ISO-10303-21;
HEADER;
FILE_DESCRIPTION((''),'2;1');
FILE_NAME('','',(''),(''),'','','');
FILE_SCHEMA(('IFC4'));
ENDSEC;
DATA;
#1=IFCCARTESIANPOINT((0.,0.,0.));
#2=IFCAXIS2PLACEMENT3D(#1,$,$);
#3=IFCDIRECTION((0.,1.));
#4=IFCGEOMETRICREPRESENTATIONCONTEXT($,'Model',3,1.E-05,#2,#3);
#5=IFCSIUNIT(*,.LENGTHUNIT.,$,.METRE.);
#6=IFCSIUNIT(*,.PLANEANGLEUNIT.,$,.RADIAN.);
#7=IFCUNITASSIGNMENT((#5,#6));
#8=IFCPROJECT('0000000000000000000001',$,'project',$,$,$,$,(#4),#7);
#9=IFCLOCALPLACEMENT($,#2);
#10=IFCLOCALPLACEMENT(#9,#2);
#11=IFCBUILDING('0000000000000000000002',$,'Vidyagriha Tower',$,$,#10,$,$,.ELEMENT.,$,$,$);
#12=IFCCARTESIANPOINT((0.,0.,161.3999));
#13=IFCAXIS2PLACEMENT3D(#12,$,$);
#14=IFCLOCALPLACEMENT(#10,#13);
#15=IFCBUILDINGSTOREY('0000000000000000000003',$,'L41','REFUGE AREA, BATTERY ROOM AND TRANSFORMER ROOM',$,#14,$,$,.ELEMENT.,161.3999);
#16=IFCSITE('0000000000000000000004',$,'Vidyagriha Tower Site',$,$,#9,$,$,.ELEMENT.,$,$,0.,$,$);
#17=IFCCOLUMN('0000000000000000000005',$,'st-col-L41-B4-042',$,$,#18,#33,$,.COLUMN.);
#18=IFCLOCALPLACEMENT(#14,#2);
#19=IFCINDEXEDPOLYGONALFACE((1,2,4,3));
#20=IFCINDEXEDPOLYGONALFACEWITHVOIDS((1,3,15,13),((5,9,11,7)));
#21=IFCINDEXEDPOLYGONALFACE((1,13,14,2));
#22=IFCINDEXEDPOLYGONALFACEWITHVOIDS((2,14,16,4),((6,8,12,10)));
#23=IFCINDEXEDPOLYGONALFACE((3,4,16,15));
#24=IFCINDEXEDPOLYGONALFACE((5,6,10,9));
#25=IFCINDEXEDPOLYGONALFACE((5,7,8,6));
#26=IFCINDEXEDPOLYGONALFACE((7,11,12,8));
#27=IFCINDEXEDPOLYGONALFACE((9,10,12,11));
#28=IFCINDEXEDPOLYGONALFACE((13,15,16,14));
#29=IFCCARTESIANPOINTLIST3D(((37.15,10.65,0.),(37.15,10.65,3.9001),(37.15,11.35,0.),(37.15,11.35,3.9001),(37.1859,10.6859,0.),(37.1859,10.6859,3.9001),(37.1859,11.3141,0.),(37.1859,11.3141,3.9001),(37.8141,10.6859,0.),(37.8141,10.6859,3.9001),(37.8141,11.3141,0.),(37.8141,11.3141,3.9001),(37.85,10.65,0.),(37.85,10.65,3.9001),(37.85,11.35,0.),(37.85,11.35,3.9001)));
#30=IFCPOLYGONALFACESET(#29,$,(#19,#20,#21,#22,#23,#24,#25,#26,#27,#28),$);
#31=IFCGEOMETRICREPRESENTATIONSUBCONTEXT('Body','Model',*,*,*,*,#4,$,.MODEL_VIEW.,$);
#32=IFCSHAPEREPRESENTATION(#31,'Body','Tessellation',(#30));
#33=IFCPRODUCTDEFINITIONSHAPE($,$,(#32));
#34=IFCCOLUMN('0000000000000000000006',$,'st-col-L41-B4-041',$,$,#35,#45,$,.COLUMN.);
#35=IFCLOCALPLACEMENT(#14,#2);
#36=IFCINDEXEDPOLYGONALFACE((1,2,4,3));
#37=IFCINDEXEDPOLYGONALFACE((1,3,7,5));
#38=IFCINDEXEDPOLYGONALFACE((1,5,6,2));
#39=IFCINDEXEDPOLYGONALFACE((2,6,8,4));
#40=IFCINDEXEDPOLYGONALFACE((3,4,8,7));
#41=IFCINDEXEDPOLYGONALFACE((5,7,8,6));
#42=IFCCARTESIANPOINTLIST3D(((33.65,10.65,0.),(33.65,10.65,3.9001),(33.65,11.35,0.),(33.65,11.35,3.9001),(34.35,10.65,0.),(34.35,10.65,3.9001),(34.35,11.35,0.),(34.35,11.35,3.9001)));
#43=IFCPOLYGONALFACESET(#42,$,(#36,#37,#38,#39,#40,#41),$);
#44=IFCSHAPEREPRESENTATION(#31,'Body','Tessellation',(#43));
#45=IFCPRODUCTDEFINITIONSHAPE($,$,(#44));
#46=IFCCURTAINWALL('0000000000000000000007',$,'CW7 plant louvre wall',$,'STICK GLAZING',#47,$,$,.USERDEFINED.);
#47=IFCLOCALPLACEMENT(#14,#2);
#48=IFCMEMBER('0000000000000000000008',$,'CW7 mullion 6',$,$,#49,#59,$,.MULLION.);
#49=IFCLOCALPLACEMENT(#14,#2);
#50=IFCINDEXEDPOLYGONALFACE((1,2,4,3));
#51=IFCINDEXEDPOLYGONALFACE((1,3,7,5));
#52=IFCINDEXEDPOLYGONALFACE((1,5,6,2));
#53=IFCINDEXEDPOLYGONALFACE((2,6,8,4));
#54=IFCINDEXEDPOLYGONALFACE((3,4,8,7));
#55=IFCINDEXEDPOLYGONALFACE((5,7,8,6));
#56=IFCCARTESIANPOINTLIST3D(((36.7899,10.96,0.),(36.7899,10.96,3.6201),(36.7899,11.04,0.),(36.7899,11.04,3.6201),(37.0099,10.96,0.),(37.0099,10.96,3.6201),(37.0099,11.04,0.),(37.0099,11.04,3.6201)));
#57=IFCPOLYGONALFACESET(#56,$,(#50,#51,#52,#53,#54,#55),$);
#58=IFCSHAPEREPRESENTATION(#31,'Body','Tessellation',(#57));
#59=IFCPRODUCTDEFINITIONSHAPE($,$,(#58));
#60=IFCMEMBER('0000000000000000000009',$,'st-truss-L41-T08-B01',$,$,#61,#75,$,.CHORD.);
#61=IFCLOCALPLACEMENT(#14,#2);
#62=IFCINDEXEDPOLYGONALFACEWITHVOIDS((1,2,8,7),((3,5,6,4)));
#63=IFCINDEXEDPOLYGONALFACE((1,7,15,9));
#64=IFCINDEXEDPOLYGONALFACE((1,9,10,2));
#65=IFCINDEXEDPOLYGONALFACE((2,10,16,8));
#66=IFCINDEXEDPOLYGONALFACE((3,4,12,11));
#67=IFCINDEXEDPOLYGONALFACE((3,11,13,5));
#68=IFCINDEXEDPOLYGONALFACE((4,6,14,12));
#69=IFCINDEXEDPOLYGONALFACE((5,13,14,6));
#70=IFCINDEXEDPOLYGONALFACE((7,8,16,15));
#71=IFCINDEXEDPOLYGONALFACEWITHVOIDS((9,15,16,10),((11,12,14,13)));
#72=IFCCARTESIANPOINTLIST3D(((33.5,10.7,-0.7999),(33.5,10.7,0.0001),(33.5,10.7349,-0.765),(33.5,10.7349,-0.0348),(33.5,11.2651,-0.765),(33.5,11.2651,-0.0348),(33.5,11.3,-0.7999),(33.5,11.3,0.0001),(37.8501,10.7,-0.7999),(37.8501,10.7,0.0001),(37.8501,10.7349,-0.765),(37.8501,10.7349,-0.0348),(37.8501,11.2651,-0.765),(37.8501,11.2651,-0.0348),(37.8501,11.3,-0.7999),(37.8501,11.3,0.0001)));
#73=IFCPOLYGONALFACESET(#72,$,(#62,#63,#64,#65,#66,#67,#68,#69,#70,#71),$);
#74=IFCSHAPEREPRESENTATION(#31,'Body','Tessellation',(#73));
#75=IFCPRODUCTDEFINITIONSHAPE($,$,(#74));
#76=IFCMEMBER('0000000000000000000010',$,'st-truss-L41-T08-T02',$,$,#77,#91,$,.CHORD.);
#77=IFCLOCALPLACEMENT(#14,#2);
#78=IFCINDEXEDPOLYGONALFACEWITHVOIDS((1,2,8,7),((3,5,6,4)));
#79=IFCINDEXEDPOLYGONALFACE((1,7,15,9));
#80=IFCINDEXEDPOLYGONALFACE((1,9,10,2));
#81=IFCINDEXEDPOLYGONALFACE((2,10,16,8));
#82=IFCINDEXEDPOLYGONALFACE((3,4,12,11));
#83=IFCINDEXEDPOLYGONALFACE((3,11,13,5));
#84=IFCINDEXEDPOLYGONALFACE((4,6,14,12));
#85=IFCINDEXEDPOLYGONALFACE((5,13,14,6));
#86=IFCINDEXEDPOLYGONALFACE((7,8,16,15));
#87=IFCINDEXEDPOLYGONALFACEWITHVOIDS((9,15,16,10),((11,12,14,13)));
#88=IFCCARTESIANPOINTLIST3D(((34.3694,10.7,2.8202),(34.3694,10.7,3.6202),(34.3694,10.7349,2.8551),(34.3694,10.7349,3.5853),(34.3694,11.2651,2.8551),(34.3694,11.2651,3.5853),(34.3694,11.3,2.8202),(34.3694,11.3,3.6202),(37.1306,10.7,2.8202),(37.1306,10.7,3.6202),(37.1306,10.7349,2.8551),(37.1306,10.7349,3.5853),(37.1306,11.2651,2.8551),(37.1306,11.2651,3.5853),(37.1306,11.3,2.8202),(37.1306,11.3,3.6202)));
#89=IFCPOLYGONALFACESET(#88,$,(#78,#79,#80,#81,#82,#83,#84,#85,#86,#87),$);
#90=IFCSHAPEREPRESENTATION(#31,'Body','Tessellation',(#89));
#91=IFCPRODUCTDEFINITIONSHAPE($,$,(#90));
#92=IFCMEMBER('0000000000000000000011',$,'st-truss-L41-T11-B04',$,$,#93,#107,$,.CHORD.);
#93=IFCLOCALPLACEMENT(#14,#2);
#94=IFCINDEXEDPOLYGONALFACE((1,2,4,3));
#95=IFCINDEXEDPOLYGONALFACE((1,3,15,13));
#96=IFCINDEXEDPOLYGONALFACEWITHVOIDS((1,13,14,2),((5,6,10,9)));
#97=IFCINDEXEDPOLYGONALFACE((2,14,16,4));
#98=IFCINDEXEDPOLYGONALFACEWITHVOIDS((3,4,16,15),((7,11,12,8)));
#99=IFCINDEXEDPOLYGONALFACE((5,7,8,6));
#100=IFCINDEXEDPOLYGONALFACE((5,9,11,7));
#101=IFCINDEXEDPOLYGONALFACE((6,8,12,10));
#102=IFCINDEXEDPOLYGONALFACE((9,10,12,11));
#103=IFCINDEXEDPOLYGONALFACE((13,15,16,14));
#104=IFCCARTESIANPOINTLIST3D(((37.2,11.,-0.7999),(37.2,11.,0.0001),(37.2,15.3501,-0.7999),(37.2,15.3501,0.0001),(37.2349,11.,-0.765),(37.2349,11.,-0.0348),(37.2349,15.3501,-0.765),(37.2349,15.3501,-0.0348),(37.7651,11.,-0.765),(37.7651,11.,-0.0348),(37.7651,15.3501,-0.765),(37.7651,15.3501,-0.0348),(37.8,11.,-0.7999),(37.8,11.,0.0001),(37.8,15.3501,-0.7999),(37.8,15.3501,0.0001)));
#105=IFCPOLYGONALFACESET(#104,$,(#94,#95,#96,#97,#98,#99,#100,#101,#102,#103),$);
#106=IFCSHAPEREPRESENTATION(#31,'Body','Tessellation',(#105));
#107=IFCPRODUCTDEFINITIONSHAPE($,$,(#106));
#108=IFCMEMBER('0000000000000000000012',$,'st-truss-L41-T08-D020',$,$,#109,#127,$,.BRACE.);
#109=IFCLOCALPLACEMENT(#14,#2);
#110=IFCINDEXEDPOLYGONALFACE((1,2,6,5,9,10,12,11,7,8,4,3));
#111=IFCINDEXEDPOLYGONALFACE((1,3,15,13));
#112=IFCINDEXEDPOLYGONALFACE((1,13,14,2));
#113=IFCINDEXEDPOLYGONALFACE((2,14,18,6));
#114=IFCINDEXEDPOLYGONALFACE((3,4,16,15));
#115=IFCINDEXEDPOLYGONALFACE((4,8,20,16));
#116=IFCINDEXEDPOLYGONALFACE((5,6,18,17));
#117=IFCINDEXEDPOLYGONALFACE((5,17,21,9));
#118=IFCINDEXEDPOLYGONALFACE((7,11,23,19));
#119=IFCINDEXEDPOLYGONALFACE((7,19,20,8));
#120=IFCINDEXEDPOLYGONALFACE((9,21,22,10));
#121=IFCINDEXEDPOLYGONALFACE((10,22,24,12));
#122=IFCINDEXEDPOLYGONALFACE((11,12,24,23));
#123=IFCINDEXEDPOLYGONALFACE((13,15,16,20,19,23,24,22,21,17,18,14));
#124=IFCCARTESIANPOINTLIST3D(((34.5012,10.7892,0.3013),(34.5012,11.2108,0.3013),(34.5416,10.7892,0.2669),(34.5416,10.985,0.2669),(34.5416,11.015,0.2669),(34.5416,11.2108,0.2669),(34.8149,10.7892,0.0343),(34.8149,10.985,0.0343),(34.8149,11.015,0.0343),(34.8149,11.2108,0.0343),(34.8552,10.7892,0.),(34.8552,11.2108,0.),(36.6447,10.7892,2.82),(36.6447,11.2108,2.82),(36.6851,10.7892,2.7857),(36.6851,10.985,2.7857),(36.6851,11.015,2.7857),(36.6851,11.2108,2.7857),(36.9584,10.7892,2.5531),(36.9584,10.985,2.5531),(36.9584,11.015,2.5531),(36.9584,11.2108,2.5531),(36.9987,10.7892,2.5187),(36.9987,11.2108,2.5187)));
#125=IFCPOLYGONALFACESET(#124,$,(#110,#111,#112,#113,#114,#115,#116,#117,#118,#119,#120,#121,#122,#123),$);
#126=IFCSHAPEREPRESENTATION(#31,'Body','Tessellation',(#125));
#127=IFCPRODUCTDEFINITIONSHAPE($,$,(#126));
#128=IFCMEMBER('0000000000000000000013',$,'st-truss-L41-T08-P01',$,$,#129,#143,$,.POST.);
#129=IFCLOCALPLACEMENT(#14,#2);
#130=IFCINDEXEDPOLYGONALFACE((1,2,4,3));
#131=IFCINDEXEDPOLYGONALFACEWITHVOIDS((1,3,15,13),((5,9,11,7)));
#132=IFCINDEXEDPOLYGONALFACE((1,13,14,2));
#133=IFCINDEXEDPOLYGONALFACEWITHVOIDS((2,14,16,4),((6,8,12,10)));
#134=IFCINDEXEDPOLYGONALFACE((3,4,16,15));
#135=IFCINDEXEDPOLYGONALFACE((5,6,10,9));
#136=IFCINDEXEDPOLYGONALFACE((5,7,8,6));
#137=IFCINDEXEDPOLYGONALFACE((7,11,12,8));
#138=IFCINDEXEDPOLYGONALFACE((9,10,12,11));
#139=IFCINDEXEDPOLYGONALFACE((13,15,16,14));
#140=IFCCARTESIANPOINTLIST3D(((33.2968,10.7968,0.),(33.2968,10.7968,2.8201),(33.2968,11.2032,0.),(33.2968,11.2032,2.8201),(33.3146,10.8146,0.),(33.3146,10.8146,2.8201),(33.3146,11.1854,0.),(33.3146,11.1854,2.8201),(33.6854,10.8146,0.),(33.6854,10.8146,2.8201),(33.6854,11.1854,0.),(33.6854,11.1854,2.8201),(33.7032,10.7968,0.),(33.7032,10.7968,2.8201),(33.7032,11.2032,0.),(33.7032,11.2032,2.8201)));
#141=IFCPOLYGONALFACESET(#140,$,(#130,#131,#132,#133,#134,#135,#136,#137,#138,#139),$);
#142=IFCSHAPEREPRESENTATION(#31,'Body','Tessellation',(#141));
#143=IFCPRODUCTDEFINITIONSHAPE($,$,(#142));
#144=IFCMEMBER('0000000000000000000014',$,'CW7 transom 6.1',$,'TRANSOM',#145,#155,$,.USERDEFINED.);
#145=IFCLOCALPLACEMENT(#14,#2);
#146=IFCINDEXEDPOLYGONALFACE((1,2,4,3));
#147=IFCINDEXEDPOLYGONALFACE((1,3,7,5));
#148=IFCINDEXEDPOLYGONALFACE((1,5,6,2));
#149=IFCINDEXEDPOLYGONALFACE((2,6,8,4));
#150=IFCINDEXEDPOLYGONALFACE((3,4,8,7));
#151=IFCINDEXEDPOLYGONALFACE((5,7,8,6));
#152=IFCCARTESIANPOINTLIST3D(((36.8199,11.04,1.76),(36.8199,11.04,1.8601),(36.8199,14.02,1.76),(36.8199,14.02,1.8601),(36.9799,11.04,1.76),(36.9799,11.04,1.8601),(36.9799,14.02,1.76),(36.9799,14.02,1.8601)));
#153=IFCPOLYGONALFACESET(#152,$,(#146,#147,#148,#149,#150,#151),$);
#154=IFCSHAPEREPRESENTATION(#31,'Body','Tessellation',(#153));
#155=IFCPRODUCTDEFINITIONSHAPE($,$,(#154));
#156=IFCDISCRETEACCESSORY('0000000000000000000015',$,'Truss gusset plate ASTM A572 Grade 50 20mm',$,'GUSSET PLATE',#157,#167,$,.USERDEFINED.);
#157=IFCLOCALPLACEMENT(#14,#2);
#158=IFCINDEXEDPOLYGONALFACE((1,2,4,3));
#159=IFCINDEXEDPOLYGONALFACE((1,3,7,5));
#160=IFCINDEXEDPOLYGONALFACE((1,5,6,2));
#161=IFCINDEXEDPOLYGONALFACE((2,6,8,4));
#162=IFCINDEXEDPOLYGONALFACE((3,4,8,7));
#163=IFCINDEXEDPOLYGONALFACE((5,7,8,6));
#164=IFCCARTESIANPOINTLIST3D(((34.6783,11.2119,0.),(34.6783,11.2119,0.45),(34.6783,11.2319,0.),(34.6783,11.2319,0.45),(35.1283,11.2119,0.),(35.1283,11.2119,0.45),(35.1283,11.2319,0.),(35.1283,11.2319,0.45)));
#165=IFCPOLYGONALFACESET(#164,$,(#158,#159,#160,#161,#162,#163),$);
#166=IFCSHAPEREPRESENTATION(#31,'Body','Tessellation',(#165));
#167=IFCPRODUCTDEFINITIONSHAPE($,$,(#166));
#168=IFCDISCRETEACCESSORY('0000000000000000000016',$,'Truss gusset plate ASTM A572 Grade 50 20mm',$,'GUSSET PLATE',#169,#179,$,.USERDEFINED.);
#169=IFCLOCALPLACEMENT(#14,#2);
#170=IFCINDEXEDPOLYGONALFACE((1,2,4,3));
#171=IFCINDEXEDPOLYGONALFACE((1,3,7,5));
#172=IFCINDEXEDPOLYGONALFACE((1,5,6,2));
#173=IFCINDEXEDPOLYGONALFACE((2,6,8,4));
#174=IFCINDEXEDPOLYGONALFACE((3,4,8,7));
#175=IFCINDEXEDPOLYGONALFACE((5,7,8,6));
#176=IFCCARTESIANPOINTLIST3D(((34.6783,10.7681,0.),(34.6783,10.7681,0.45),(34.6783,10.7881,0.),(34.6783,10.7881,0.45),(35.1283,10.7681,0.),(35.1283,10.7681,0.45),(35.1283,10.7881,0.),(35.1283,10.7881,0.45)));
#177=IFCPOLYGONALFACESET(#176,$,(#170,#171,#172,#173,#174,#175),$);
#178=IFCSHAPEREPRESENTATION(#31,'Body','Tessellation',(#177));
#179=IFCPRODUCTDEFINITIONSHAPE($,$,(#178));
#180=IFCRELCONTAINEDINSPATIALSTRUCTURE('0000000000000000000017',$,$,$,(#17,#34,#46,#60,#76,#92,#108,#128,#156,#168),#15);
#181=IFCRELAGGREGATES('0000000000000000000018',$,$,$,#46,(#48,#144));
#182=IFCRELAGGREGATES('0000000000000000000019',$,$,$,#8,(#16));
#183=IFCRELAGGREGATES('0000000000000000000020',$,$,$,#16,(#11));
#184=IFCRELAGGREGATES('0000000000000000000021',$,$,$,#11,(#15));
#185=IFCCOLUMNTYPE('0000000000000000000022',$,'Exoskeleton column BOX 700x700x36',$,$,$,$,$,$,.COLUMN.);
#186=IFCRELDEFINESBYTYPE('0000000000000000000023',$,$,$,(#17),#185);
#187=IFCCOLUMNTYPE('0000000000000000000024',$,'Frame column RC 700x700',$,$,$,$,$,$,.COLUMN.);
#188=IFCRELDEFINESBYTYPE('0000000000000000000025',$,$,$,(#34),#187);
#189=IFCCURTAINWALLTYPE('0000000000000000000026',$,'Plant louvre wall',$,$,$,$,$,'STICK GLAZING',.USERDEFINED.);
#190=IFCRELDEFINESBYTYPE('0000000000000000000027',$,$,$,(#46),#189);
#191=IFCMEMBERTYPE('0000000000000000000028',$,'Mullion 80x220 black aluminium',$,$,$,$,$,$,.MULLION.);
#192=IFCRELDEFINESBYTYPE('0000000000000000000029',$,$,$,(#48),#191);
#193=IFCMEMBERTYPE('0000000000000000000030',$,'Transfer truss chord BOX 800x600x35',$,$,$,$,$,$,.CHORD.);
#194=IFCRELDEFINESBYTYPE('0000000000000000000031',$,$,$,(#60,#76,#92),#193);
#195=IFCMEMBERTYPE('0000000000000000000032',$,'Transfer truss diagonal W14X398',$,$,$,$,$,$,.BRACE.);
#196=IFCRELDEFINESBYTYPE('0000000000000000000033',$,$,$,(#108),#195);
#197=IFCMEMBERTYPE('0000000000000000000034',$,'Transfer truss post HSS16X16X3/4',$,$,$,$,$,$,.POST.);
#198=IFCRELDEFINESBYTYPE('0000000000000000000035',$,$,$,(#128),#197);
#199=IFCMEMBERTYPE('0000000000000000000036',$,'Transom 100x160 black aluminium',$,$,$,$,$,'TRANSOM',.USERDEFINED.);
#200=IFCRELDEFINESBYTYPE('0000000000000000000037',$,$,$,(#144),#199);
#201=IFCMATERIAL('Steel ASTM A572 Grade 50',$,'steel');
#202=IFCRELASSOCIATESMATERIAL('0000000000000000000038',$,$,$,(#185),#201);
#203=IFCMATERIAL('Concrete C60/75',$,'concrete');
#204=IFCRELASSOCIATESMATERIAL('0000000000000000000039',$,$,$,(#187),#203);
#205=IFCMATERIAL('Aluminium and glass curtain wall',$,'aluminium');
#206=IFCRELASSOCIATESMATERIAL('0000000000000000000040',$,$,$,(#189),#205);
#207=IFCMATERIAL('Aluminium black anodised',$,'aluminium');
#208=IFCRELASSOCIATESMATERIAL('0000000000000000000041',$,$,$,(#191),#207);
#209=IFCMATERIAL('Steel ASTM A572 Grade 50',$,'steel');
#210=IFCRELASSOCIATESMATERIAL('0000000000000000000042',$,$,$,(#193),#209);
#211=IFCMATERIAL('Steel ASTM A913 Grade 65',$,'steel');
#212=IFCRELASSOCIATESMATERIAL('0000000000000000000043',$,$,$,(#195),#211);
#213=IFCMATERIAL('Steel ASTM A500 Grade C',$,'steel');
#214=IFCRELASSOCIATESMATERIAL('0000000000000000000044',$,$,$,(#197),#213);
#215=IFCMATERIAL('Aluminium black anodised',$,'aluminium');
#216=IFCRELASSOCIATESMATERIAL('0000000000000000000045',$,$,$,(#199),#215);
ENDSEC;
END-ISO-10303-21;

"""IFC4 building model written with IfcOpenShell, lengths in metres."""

from ifc_helpers import new_model, si_unit, direction, frame, origin, origin_2d, place, context, subcontext, project, spatial, rectangle, hollow_rectangle, i_section, extrude, material, material_profile, profile_set, type_object, element, aggregate, save


model = new_model("IFC4")

# Units and contexts
model_context = context("Model", 3, precision=1e-05, world=origin(), true_north=direction((0.0, 1.0)))
body_context = subcontext(model_context, "Body", "Model", "MODEL_VIEW")
ifc_project = project(units=[si_unit("LENGTHUNIT", "METRE"), si_unit("PLANEANGLEUNIT", "RADIAN")], contexts=[model_context])

# Site, building, storey
site_placement = place(None, origin())
site = spatial("IfcSite", under=ifc_project, at=site_placement, Name="Vidyagriha Tower Site", CompositionType="ELEMENT", RefElevation=0.0)
building_placement = place(site_placement, origin())
building = spatial("IfcBuilding", under=site, at=building_placement, Name="Vidyagriha Tower", CompositionType="ELEMENT")
storey_placement = place(building_placement, frame((0.0, 0.0, 161.3999)))
storey = spatial("IfcBuildingStorey", under=building, at=storey_placement, Name="L41", Description="REFUGE AREA, BATTERY ROOM AND TRANSFORMER ROOM", CompositionType="ELEMENT", Elevation=161.3999)

# Columns
ifc_material_1 = material(Name="Steel ASTM A572 Grade 50", Category="steel")
ifc_material_profile_1 = material_profile(ifc_material_1, hollow_rectangle(XDim=0.7, YDim=0.7, WallThickness=0.0359, at=origin_2d()), Name="BOX 700x700x36")
ifc_profile_set_1 = profile_set([ifc_material_profile_1], Name="Steel ASTM A572 Grade 50")
column_type_1 = type_object("IfcColumnType", Name="Exoskeleton column BOX 700x700x36", PredefinedType="COLUMN", material=ifc_profile_set_1)
column_1_placement = place(storey_placement, frame((37.5, 11.0, 0.0)))
element("IfcColumn", 1, at=column_1_placement, inside=storey, type_object=column_type_1, Name="st-col-L41-B4-042", PredefinedType="COLUMN", context=body_context, shape_type="SweptSolid", body=[
    extrude(hollow_rectangle(XDim=0.7, YDim=0.7, WallThickness=0.0359, at=origin_2d()), origin(), (0.0, 0.0, 1.0), 3.9001),
])
ifc_material_2 = material(Name="Concrete C60/75", Category="concrete")
ifc_material_profile_2 = material_profile(ifc_material_2, rectangle(XDim=0.7, YDim=0.7, at=origin_2d()), Name="RC 700x700")
ifc_profile_set_2 = profile_set([ifc_material_profile_2], Name="Concrete C60/75")
column_type_2 = type_object("IfcColumnType", Name="Frame column RC 700x700", PredefinedType="COLUMN", material=ifc_profile_set_2)
column_2_placement = place(storey_placement, frame((34.0, 11.0, 0.0)))
element("IfcColumn", 2, at=column_2_placement, inside=storey, type_object=column_type_2, Name="st-col-L41-B4-041", PredefinedType="COLUMN", context=body_context, shape_type="SweptSolid", body=[
    extrude(rectangle(XDim=0.7, YDim=0.7, at=origin_2d()), origin(), (0.0, 0.0, 1.0), 3.9001),
])

# Curtain wall, member
ifc_material_3 = material(Name="Aluminium and glass curtain wall", Category="aluminium")
curtain_wall_type = type_object("IfcCurtainWallType", Name="Plant louvre wall", ElementType="STICK GLAZING", PredefinedType="USERDEFINED", material=ifc_material_3)
curtain_wall_placement = place(storey_placement, origin())
curtain_wall = element("IfcCurtainWall", 3, at=curtain_wall_placement, inside=storey, type_object=curtain_wall_type, Name="CW7 plant louvre wall", ObjectType="STICK GLAZING", PredefinedType="USERDEFINED")
ifc_material_4 = material(Name="Aluminium black anodised", Category="aluminium")
ifc_material_profile_3 = material_profile(ifc_material_4, rectangle(XDim=0.22, YDim=0.0801, at=origin_2d()), Name="Mullion 80x220 black aluminium")
ifc_profile_set_3 = profile_set([ifc_material_profile_3], Name="Aluminium black anodised")
member_type_1 = type_object("IfcMemberType", Name="Mullion 80x220 black aluminium", PredefinedType="MULLION", material=ifc_profile_set_3)
member_1_placement = place(storey_placement, frame((36.8999, 11.0, 0.0), z_axis=(0.0, 0.0, 1.0), x_axis=(-1.0, 0.0, 0.0)))
member_1 = element("IfcMember", 4, at=member_1_placement, type_object=member_type_1, Name="CW7 mullion 6", PredefinedType="MULLION", context=body_context, shape_type="SweptSolid", body=[
    extrude(rectangle(XDim=0.22, YDim=0.0801, at=origin_2d()), origin(), (0.0, 0.0, 1.0), 3.6201),
])

# Members
ifc_material_5 = material(Name="Steel ASTM A572 Grade 50", Category="steel")
ifc_material_profile_4 = material_profile(ifc_material_5, hollow_rectangle(XDim=0.6001, YDim=0.8, WallThickness=0.0349, at=origin_2d()), Name="BOX 800x600x35")
ifc_profile_set_4 = profile_set([ifc_material_profile_4], Name="Steel ASTM A572 Grade 50")
member_type_2 = type_object("IfcMemberType", Name="Transfer truss chord BOX 800x600x35", PredefinedType="CHORD", material=ifc_profile_set_4)
member_2_placement = place(storey_placement, frame((33.5, 11.0, -0.3999), z_axis=(1.0, 0.0, 0.0), x_axis=(0.0, 1.0, 0.0)))
element("IfcMember", 5, at=member_2_placement, inside=storey, type_object=member_type_2, Name="st-truss-L41-T08-B01", PredefinedType="CHORD", context=body_context, shape_type="SweptSolid", body=[
    extrude(hollow_rectangle(XDim=0.6001, YDim=0.8, WallThickness=0.0349, at=origin_2d()), origin(), (0.0, 0.0, 1.0), 4.3501),
])
member_3_placement = place(storey_placement, frame((34.3694, 11.0, 3.2202), z_axis=(1.0, 0.0, 0.0), x_axis=(0.0, 1.0, 0.0)))
element("IfcMember", 6, at=member_3_placement, inside=storey, type_object=member_type_2, Name="st-truss-L41-T08-T02", PredefinedType="CHORD", context=body_context, shape_type="SweptSolid", body=[
    extrude(hollow_rectangle(XDim=0.6001, YDim=0.8, WallThickness=0.0349, at=origin_2d()), origin(), (0.0, 0.0, 1.0), 2.7612),
])
member_4_placement = place(storey_placement, frame((37.5, 11.0, -0.3999), z_axis=(0.0, 1.0, 0.0), x_axis=(-1.0, 0.0, 0.0)))
element("IfcMember", 7, at=member_4_placement, inside=storey, type_object=member_type_2, Name="st-truss-L41-T11-B04", PredefinedType="CHORD", context=body_context, shape_type="SweptSolid", body=[
    extrude(hollow_rectangle(XDim=0.6001, YDim=0.8, WallThickness=0.0349, at=origin_2d()), origin(), (0.0, 0.0, 1.0), 4.3501),
])
ifc_material_6 = material(Name="Steel ASTM A913 Grade 65", Category="steel")
ifc_material_profile_5 = material_profile(ifc_material_6, i_section(OverallWidth=0.4216, OverallDepth=0.4648, WebThickness=0.03, FlangeThickness=0.053, at=origin_2d()), Name="W14X398")
ifc_profile_set_5 = profile_set([ifc_material_profile_5], Name="Steel ASTM A913 Grade 65")
member_type_3 = type_object("IfcMemberType", Name="Transfer truss diagonal W14X398", PredefinedType="BRACE", material=ifc_profile_set_5)
member_5_placement = place(storey_placement, frame((34.6782, 11.0, 0.1506), z_axis=(0.6481, 0.0, 0.761555), x_axis=(0.0, 1.0, 0.0)))
element("IfcMember", 8, at=member_5_placement, inside=storey, type_object=member_type_3, Name="st-truss-L41-T08-D020", PredefinedType="BRACE", context=body_context, shape_type="SweptSolid", body=[
    extrude(i_section(OverallWidth=0.4216, OverallDepth=0.4648, WebThickness=0.03, FlangeThickness=0.053, at=origin_2d()), origin(), (0.0, 0.0, 1.0), 3.3074),
])
ifc_material_7 = material(Name="Steel ASTM A500 Grade C", Category="steel")
ifc_material_profile_6 = material_profile(ifc_material_7, hollow_rectangle(XDim=0.4065, YDim=0.4065, WallThickness=0.0178, at=origin_2d()), Name="HSS16X16X3/4")
ifc_profile_set_6 = profile_set([ifc_material_profile_6], Name="Steel ASTM A500 Grade C")
member_type_4 = type_object("IfcMemberType", Name="Transfer truss post HSS16X16X3/4", PredefinedType="POST", material=ifc_profile_set_6)
member_6_placement = place(storey_placement, frame((33.5, 11.0, 0.0)))
element("IfcMember", 9, at=member_6_placement, inside=storey, type_object=member_type_4, Name="st-truss-L41-T08-P01", PredefinedType="POST", context=body_context, shape_type="SweptSolid", body=[
    extrude(hollow_rectangle(XDim=0.4065, YDim=0.4065, WallThickness=0.0178, at=origin_2d()), origin(), (0.0, 0.0, 1.0), 2.8201),
])

# Member
ifc_material_8 = material(Name="Aluminium black anodised", Category="aluminium")
ifc_material_profile_7 = material_profile(ifc_material_8, rectangle(XDim=0.1599, YDim=0.1001, at=origin_2d()), Name="Transom 100x160 black aluminium")
ifc_profile_set_7 = profile_set([ifc_material_profile_7], Name="Aluminium black anodised")
member_type_5 = type_object("IfcMemberType", Name="Transom 100x160 black aluminium", ElementType="TRANSOM", PredefinedType="USERDEFINED", material=ifc_profile_set_7)
member_7_placement = place(storey_placement, frame((36.8999, 11.04, 1.8101), z_axis=(0.0, 1.0, 0.0), x_axis=(-1.0, 0.0, 0.0)))
member_7 = element("IfcMember", 10, at=member_7_placement, type_object=member_type_5, Name="CW7 transom 6.1", ObjectType="TRANSOM", PredefinedType="USERDEFINED", context=body_context, shape_type="SweptSolid", body=[
    extrude(rectangle(XDim=0.1599, YDim=0.1001, at=origin_2d()), origin(), (0.0, 0.0, 1.0), 2.98),
])
aggregate(curtain_wall, [member_1, member_7])

# Discrete accessories
for number, where, name in (
    (11, (34.9033, 11.2219, 0.0), "Truss gusset plate ASTM A572 Grade 50 20mm"),
    (12, (34.9033, 10.7781, 0.0), "Truss gusset plate ASTM A572 Grade 50 20mm"),
):
    element("IfcDiscreteAccessory", number, at=place(storey_placement, frame(where)), inside=storey, Name=name, ObjectType="GUSSET PLATE", PredefinedType="USERDEFINED", context=body_context, shape_type="SweptSolid", body=[
        extrude(rectangle(XDim=0.45, YDim=0.02, at=origin_2d()), origin(), (0.0, 0.0, 1.0), 0.45),
    ])

save(model, "model.ifc")
